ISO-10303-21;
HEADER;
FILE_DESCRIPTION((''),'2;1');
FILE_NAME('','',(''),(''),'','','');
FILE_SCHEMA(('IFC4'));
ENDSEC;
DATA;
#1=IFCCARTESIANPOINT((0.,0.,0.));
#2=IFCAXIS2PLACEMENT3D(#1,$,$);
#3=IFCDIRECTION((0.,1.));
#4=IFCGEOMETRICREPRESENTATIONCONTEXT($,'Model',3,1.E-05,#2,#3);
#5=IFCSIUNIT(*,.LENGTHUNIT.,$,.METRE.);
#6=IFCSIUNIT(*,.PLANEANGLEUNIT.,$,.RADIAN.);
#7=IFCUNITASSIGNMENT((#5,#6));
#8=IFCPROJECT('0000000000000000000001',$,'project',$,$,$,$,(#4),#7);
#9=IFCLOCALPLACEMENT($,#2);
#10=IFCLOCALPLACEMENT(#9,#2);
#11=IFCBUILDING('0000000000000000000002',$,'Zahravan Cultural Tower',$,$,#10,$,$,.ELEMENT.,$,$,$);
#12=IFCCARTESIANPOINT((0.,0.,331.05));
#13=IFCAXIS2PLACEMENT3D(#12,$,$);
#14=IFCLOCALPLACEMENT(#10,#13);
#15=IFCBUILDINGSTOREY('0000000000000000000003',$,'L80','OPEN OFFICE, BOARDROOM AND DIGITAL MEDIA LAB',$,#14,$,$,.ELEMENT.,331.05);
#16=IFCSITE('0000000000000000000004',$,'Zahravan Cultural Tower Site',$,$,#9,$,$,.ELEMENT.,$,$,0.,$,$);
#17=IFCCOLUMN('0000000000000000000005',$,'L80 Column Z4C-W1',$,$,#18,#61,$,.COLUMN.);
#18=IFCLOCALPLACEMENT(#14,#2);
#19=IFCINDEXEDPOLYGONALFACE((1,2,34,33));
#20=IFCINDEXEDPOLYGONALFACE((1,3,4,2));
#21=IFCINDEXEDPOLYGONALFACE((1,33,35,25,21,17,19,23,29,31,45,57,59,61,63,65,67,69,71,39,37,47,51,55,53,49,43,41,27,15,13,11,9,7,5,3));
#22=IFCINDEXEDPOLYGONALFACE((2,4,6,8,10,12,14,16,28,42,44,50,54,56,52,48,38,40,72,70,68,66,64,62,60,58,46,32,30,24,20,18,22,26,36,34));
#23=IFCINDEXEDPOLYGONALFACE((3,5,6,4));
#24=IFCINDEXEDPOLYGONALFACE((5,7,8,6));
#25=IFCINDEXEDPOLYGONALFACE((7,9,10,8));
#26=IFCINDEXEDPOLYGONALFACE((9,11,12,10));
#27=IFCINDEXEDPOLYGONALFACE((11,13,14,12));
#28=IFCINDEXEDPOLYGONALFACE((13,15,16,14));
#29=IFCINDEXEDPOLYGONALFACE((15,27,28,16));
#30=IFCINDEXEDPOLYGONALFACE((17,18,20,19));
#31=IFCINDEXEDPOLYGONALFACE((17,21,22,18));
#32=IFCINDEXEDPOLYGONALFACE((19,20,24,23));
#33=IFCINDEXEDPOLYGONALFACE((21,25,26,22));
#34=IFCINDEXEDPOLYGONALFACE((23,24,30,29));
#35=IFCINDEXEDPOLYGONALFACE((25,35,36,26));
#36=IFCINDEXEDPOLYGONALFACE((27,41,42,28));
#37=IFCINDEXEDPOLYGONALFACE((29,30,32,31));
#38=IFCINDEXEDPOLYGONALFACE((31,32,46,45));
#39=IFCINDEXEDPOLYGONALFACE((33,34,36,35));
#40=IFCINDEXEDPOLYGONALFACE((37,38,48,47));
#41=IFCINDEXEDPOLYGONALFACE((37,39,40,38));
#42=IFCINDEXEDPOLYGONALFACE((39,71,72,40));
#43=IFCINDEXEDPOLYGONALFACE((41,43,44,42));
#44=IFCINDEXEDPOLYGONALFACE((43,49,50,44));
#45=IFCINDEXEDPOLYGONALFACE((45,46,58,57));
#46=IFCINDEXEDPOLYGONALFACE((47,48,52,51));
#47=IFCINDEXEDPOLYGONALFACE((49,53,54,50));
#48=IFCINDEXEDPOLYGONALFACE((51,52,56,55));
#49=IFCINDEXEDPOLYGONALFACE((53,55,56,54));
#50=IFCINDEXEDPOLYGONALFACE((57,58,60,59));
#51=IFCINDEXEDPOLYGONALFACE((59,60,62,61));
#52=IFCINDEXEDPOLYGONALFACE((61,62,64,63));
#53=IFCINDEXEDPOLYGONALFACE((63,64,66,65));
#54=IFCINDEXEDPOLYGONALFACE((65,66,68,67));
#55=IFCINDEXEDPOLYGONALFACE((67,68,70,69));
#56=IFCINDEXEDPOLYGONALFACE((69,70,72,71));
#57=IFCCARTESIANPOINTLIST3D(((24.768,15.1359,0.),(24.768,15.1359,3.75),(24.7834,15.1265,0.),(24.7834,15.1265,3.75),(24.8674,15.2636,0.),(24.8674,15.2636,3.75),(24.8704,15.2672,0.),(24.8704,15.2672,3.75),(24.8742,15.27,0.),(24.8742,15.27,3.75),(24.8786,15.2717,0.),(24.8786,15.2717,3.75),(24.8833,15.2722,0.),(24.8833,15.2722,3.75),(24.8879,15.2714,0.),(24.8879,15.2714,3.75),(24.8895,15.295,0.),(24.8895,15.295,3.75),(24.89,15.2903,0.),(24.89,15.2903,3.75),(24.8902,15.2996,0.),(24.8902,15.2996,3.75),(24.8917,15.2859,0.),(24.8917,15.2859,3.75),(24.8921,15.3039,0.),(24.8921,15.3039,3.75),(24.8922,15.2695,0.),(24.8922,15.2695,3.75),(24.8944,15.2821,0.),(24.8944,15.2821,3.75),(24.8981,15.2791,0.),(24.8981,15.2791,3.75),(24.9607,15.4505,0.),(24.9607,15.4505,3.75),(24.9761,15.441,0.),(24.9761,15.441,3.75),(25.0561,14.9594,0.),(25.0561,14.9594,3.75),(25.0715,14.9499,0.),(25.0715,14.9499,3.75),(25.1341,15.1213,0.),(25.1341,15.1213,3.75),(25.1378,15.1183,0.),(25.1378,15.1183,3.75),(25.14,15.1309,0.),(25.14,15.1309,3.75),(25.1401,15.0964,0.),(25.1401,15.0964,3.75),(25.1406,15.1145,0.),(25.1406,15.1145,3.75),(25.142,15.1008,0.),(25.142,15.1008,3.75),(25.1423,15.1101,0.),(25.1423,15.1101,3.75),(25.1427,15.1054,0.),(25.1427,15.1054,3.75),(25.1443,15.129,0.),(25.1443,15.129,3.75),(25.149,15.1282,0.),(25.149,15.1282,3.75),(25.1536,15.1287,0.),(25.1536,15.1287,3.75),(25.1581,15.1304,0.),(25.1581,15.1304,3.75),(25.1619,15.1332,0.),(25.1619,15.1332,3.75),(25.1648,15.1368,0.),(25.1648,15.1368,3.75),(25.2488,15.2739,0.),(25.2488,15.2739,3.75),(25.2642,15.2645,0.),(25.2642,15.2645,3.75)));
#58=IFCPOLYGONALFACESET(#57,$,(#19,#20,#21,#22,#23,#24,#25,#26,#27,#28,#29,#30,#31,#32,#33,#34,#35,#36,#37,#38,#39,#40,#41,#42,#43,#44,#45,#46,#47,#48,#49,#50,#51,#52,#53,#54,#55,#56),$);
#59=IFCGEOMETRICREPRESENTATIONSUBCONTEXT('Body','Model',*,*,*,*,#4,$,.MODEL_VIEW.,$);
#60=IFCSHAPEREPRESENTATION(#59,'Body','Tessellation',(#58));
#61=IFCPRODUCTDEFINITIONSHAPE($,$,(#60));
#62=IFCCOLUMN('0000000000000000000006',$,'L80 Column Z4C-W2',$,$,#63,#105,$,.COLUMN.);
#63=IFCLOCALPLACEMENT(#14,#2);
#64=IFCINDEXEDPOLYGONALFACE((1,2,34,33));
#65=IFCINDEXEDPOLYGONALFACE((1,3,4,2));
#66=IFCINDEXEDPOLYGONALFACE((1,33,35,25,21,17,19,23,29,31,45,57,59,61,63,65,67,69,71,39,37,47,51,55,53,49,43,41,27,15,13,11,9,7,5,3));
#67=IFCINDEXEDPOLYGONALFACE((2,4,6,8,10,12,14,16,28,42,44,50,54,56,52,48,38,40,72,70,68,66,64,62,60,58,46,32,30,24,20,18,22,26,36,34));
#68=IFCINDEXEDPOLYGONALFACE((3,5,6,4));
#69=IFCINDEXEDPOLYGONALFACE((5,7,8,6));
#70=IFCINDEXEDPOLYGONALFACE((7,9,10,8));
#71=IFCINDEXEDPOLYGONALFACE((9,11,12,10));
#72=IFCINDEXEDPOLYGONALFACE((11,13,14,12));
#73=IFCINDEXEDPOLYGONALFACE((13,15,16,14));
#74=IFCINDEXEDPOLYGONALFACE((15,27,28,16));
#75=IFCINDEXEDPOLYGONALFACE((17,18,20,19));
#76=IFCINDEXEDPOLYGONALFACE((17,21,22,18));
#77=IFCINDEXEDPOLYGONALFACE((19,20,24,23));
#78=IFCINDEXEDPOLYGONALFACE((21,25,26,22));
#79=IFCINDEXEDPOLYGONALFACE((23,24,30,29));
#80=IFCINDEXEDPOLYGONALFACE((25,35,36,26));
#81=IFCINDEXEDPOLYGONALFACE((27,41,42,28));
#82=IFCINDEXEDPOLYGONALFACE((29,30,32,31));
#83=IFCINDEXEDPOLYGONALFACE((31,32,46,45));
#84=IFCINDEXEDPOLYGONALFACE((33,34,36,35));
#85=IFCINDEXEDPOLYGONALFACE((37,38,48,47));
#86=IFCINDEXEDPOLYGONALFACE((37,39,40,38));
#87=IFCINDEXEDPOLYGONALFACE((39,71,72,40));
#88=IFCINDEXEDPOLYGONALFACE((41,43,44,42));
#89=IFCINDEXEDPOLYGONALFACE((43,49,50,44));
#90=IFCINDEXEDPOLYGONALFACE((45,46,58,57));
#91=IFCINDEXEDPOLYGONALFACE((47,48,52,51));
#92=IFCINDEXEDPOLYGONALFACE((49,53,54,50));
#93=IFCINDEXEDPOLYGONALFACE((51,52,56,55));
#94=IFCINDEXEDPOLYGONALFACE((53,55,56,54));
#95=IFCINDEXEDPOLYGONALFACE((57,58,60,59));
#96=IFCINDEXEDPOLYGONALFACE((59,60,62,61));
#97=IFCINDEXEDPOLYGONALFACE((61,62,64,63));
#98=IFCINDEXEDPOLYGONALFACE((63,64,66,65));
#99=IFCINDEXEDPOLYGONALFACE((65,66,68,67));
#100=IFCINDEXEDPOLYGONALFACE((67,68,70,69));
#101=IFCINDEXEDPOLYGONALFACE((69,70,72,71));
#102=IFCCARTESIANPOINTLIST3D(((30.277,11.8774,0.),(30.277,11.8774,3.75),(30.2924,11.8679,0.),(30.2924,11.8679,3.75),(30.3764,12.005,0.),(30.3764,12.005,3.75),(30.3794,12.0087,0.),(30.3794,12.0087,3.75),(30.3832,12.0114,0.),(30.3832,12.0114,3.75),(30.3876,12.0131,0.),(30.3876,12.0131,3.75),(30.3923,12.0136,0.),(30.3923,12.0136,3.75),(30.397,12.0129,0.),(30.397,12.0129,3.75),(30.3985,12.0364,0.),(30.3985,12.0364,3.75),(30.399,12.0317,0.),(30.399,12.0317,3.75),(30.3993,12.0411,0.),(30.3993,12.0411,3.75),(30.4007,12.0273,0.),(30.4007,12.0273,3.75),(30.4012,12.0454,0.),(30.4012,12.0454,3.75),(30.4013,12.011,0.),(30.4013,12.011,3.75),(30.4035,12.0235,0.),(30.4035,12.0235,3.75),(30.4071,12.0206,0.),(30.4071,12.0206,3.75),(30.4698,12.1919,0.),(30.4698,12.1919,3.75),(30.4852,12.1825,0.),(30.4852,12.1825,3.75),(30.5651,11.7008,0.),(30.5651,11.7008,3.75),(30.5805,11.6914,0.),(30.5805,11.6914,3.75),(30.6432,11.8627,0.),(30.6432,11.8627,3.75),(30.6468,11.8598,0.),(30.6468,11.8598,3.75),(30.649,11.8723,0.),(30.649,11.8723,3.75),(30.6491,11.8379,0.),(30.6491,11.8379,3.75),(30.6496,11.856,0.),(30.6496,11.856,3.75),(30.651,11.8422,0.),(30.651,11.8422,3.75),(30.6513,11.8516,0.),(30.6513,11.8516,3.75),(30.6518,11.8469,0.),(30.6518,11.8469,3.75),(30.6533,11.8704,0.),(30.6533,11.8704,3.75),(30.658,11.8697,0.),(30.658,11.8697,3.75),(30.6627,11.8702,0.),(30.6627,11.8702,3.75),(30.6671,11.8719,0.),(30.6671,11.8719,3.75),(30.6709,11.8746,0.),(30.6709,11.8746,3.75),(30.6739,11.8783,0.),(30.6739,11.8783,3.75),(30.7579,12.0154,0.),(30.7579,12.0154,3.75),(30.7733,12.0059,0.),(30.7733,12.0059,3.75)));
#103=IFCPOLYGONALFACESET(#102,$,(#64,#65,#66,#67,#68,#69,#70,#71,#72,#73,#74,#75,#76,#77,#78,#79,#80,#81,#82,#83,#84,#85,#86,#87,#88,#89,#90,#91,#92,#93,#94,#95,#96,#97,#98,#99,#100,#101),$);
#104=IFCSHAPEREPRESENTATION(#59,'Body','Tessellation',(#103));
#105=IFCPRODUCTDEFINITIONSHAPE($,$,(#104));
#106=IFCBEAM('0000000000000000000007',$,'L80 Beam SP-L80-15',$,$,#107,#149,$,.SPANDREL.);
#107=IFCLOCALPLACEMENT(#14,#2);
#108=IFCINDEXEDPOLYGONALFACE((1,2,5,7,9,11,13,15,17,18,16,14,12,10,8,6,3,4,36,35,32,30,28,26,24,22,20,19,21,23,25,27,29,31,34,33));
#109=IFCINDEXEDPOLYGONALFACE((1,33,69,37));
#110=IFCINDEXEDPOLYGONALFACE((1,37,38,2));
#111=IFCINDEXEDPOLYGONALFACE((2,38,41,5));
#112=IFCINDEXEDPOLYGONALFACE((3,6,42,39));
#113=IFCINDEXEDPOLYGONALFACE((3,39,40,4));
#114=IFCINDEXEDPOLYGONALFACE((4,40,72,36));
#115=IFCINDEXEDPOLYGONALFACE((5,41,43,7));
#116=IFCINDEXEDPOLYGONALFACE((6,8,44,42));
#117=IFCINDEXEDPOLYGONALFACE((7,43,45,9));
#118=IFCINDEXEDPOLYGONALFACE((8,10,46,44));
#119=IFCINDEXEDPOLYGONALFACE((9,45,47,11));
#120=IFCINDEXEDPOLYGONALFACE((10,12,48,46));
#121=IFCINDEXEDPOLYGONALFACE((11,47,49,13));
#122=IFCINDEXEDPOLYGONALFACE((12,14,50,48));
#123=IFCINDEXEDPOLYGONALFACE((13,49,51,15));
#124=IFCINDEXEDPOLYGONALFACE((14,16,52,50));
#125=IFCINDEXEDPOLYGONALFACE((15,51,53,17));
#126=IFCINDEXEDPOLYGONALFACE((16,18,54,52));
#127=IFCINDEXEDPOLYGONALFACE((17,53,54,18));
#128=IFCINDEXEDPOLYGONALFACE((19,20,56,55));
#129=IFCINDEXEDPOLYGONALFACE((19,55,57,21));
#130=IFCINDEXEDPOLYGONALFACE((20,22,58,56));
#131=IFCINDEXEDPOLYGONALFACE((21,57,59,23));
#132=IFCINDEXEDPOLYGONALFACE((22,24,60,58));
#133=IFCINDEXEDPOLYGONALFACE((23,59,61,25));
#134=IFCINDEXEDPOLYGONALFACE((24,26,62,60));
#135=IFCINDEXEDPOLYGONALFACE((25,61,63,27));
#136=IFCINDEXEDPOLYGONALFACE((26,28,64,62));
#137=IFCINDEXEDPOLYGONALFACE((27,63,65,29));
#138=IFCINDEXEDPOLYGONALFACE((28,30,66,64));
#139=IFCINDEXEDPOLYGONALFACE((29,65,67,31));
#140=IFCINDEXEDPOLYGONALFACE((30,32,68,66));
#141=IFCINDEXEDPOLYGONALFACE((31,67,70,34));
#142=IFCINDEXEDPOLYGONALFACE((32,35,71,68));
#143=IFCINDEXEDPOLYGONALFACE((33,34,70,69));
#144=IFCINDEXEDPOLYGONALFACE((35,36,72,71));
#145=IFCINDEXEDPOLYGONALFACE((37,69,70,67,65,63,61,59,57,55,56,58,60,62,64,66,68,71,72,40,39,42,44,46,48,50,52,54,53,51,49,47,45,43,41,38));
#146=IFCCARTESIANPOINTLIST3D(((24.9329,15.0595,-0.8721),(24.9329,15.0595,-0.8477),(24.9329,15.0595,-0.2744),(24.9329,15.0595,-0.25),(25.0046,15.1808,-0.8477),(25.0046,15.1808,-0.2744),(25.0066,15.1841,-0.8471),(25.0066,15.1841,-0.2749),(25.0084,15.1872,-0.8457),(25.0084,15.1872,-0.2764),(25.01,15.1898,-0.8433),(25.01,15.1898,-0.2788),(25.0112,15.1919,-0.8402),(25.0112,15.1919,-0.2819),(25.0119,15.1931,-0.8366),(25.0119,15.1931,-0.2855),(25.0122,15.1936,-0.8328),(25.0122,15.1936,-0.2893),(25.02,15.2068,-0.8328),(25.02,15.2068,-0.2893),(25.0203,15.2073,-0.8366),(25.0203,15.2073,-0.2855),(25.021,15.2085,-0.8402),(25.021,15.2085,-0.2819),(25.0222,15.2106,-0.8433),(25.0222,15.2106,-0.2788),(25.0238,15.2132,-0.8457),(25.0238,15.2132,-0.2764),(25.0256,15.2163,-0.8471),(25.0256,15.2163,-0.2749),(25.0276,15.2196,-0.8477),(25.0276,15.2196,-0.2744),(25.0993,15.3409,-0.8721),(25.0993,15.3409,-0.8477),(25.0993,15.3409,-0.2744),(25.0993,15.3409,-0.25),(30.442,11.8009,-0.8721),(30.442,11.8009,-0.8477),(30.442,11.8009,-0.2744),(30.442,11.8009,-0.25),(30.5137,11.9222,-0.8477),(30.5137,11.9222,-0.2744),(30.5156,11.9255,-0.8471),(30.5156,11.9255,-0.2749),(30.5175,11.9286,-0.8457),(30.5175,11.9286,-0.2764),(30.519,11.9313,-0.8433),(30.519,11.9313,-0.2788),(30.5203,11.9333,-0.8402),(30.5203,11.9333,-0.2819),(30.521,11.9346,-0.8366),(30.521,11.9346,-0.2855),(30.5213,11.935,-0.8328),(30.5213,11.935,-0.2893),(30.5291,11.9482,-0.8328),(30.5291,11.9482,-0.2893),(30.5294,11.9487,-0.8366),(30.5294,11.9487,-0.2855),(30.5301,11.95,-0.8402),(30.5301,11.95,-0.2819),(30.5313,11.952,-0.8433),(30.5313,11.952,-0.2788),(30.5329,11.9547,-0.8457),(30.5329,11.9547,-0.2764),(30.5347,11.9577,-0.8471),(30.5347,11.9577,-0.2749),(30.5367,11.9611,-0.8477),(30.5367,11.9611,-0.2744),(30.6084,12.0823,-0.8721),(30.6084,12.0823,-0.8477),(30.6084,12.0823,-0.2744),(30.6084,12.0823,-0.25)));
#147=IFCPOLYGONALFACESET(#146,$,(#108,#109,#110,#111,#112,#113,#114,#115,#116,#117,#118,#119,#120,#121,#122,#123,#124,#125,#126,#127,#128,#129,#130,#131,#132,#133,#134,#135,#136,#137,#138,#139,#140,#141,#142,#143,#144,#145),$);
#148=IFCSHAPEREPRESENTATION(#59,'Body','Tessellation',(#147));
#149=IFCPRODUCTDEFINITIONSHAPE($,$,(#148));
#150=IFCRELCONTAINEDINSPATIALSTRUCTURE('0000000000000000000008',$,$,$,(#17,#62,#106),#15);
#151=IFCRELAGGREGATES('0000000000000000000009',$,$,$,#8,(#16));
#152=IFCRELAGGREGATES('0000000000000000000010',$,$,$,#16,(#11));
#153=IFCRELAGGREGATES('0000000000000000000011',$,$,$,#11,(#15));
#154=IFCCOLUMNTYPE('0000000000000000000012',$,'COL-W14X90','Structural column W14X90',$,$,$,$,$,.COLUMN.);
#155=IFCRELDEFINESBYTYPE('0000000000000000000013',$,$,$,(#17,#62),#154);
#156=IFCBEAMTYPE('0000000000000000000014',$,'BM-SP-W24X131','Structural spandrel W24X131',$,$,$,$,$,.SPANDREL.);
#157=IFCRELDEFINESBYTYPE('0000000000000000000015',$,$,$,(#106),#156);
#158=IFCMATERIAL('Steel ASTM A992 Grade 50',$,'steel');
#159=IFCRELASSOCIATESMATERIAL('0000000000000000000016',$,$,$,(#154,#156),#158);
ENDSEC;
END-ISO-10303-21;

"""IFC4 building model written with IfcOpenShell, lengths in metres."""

from ifc_helpers import new_model, si_unit, direction, frame, origin, origin_2d, place, context, subcontext, project, spatial, i_section, extrude, source, transform, mapped, material, material_profile, profile_set, type_object, element, save


model = new_model("IFC4")

# Units and contexts
model_context = context("Model", 3, precision=1e-05, world=origin(), true_north=direction((0.0, 1.0)))
body_context = subcontext(model_context, "Body", "Model", "MODEL_VIEW")
ifc_project = project(units=[si_unit("LENGTHUNIT", "METRE"), si_unit("PLANEANGLEUNIT", "RADIAN")], contexts=[model_context])

# Site, building, storey
site_placement = place(None, origin())
site = spatial("IfcSite", under=ifc_project, at=site_placement, Name="Zahravan Cultural Tower Site", CompositionType="ELEMENT", RefElevation=0.0)
building_placement = place(site_placement, origin())
building = spatial("IfcBuilding", under=site, at=building_placement, Name="Zahravan Cultural Tower", CompositionType="ELEMENT")
storey_placement = place(building_placement, frame((0.0, 0.0, 331.05)))
storey = spatial("IfcBuildingStorey", under=building, at=storey_placement, Name="L80", Description="OPEN OFFICE, BOARDROOM AND DIGITAL MEDIA LAB", CompositionType="ELEMENT", Elevation=331.05)

# Columns
ifc_material_1 = material(Name="Steel ASTM A992 Grade 50", Category="steel")
ifc_material_profile_1 = material_profile(ifc_material_1, i_section(OverallWidth=0.3689, OverallDepth=0.356, WebThickness=0.0112, FlangeThickness=0.0181, FilletRadius=0.0181, at=origin_2d()), Name="W14X90")
ifc_profile_set_1 = profile_set([ifc_material_profile_1], Name="Steel ASTM A992 Grade 50")
column_type = type_object("IfcColumnType", Name="COL-W14X90", Description="Structural column W14X90", PredefinedType="COLUMN", material=ifc_profile_set_1)
shared_shape_1 = source(origin(), body_context, "Body", "SweptSolid", [
    extrude(i_section(OverallWidth=0.3689, OverallDepth=0.356, WebThickness=0.0112, FlangeThickness=0.0181, FilletRadius=0.0181, at=origin_2d()), origin(), (0.0, 0.0, 1.0), 3.75),
])
for number, where, z_axis, x_axis, name in (
    (1, (25.0161, 15.2002, 0.0), (0.0, 0.0, 1.0), (0.522499, 0.85264, 0.0), "L80 Column Z4C-W1"),
    (2, (30.5251, 11.9417, 0.0), (0.0, 0.0, 1.0), (0.522499, 0.85264, 0.0), "L80 Column Z4C-W2"),
):
    element("IfcColumn", number, at=place(storey_placement, frame(where, z_axis=z_axis, x_axis=x_axis)), inside=storey, type_object=column_type, Name=name, PredefinedType="COLUMN", context=body_context, shape_type="MappedRepresentation", body=[
        mapped(shared_shape_1, transform((0.0, 0.0, 0.0), x_axis=(1.0, 0.0, 0.0), y_axis=(0.0, 1.0, 0.0), z_axis=(0.0, 0.0, 1.0), scale=1.0)),
    ])

# Beam
ifc_material_profile_2 = material_profile(ifc_material_1, i_section(OverallWidth=0.3269, OverallDepth=0.6221, WebThickness=0.0154, FlangeThickness=0.0244, FilletRadius=0.0149, at=origin_2d()), Name="W24X131")
ifc_profile_set_2 = profile_set([ifc_material_profile_2], Name="Steel ASTM A992 Grade 50")
beam_type_1 = type_object("IfcBeamType", Name="BM-SP-W24X131", Description="Structural spandrel W24X131", PredefinedType="SPANDREL", material=ifc_profile_set_2)
shared_shape_2 = source(origin(), body_context, "Body", "SweptSolid", [
    extrude(i_section(OverallWidth=0.3269, OverallDepth=0.6221, WebThickness=0.0154, FlangeThickness=0.0244, FilletRadius=0.0149, at=origin_2d()), origin(), (0.0, 0.0, 1.0), 6.4006),
])
beam_1_placement = place(storey_placement, frame((25.0161, 15.2002, -0.561), z_axis=(0.860707, -0.509101, 0.0), x_axis=(0.509101, 0.860707, 0.0)))
element("IfcBeam", 3, at=beam_1_placement, inside=storey, type_object=beam_type_1, Name="L80 Beam SP-L80-15", PredefinedType="SPANDREL", context=body_context, shape_type="MappedRepresentation", body=[
    mapped(shared_shape_2, transform((0.0, 0.0, 0.0), x_axis=(1.0, 0.0, 0.0), y_axis=(0.0, 1.0, 0.0), z_axis=(0.0, 0.0, 1.0), scale=1.0)),
])

save(model, "model.ifc")
